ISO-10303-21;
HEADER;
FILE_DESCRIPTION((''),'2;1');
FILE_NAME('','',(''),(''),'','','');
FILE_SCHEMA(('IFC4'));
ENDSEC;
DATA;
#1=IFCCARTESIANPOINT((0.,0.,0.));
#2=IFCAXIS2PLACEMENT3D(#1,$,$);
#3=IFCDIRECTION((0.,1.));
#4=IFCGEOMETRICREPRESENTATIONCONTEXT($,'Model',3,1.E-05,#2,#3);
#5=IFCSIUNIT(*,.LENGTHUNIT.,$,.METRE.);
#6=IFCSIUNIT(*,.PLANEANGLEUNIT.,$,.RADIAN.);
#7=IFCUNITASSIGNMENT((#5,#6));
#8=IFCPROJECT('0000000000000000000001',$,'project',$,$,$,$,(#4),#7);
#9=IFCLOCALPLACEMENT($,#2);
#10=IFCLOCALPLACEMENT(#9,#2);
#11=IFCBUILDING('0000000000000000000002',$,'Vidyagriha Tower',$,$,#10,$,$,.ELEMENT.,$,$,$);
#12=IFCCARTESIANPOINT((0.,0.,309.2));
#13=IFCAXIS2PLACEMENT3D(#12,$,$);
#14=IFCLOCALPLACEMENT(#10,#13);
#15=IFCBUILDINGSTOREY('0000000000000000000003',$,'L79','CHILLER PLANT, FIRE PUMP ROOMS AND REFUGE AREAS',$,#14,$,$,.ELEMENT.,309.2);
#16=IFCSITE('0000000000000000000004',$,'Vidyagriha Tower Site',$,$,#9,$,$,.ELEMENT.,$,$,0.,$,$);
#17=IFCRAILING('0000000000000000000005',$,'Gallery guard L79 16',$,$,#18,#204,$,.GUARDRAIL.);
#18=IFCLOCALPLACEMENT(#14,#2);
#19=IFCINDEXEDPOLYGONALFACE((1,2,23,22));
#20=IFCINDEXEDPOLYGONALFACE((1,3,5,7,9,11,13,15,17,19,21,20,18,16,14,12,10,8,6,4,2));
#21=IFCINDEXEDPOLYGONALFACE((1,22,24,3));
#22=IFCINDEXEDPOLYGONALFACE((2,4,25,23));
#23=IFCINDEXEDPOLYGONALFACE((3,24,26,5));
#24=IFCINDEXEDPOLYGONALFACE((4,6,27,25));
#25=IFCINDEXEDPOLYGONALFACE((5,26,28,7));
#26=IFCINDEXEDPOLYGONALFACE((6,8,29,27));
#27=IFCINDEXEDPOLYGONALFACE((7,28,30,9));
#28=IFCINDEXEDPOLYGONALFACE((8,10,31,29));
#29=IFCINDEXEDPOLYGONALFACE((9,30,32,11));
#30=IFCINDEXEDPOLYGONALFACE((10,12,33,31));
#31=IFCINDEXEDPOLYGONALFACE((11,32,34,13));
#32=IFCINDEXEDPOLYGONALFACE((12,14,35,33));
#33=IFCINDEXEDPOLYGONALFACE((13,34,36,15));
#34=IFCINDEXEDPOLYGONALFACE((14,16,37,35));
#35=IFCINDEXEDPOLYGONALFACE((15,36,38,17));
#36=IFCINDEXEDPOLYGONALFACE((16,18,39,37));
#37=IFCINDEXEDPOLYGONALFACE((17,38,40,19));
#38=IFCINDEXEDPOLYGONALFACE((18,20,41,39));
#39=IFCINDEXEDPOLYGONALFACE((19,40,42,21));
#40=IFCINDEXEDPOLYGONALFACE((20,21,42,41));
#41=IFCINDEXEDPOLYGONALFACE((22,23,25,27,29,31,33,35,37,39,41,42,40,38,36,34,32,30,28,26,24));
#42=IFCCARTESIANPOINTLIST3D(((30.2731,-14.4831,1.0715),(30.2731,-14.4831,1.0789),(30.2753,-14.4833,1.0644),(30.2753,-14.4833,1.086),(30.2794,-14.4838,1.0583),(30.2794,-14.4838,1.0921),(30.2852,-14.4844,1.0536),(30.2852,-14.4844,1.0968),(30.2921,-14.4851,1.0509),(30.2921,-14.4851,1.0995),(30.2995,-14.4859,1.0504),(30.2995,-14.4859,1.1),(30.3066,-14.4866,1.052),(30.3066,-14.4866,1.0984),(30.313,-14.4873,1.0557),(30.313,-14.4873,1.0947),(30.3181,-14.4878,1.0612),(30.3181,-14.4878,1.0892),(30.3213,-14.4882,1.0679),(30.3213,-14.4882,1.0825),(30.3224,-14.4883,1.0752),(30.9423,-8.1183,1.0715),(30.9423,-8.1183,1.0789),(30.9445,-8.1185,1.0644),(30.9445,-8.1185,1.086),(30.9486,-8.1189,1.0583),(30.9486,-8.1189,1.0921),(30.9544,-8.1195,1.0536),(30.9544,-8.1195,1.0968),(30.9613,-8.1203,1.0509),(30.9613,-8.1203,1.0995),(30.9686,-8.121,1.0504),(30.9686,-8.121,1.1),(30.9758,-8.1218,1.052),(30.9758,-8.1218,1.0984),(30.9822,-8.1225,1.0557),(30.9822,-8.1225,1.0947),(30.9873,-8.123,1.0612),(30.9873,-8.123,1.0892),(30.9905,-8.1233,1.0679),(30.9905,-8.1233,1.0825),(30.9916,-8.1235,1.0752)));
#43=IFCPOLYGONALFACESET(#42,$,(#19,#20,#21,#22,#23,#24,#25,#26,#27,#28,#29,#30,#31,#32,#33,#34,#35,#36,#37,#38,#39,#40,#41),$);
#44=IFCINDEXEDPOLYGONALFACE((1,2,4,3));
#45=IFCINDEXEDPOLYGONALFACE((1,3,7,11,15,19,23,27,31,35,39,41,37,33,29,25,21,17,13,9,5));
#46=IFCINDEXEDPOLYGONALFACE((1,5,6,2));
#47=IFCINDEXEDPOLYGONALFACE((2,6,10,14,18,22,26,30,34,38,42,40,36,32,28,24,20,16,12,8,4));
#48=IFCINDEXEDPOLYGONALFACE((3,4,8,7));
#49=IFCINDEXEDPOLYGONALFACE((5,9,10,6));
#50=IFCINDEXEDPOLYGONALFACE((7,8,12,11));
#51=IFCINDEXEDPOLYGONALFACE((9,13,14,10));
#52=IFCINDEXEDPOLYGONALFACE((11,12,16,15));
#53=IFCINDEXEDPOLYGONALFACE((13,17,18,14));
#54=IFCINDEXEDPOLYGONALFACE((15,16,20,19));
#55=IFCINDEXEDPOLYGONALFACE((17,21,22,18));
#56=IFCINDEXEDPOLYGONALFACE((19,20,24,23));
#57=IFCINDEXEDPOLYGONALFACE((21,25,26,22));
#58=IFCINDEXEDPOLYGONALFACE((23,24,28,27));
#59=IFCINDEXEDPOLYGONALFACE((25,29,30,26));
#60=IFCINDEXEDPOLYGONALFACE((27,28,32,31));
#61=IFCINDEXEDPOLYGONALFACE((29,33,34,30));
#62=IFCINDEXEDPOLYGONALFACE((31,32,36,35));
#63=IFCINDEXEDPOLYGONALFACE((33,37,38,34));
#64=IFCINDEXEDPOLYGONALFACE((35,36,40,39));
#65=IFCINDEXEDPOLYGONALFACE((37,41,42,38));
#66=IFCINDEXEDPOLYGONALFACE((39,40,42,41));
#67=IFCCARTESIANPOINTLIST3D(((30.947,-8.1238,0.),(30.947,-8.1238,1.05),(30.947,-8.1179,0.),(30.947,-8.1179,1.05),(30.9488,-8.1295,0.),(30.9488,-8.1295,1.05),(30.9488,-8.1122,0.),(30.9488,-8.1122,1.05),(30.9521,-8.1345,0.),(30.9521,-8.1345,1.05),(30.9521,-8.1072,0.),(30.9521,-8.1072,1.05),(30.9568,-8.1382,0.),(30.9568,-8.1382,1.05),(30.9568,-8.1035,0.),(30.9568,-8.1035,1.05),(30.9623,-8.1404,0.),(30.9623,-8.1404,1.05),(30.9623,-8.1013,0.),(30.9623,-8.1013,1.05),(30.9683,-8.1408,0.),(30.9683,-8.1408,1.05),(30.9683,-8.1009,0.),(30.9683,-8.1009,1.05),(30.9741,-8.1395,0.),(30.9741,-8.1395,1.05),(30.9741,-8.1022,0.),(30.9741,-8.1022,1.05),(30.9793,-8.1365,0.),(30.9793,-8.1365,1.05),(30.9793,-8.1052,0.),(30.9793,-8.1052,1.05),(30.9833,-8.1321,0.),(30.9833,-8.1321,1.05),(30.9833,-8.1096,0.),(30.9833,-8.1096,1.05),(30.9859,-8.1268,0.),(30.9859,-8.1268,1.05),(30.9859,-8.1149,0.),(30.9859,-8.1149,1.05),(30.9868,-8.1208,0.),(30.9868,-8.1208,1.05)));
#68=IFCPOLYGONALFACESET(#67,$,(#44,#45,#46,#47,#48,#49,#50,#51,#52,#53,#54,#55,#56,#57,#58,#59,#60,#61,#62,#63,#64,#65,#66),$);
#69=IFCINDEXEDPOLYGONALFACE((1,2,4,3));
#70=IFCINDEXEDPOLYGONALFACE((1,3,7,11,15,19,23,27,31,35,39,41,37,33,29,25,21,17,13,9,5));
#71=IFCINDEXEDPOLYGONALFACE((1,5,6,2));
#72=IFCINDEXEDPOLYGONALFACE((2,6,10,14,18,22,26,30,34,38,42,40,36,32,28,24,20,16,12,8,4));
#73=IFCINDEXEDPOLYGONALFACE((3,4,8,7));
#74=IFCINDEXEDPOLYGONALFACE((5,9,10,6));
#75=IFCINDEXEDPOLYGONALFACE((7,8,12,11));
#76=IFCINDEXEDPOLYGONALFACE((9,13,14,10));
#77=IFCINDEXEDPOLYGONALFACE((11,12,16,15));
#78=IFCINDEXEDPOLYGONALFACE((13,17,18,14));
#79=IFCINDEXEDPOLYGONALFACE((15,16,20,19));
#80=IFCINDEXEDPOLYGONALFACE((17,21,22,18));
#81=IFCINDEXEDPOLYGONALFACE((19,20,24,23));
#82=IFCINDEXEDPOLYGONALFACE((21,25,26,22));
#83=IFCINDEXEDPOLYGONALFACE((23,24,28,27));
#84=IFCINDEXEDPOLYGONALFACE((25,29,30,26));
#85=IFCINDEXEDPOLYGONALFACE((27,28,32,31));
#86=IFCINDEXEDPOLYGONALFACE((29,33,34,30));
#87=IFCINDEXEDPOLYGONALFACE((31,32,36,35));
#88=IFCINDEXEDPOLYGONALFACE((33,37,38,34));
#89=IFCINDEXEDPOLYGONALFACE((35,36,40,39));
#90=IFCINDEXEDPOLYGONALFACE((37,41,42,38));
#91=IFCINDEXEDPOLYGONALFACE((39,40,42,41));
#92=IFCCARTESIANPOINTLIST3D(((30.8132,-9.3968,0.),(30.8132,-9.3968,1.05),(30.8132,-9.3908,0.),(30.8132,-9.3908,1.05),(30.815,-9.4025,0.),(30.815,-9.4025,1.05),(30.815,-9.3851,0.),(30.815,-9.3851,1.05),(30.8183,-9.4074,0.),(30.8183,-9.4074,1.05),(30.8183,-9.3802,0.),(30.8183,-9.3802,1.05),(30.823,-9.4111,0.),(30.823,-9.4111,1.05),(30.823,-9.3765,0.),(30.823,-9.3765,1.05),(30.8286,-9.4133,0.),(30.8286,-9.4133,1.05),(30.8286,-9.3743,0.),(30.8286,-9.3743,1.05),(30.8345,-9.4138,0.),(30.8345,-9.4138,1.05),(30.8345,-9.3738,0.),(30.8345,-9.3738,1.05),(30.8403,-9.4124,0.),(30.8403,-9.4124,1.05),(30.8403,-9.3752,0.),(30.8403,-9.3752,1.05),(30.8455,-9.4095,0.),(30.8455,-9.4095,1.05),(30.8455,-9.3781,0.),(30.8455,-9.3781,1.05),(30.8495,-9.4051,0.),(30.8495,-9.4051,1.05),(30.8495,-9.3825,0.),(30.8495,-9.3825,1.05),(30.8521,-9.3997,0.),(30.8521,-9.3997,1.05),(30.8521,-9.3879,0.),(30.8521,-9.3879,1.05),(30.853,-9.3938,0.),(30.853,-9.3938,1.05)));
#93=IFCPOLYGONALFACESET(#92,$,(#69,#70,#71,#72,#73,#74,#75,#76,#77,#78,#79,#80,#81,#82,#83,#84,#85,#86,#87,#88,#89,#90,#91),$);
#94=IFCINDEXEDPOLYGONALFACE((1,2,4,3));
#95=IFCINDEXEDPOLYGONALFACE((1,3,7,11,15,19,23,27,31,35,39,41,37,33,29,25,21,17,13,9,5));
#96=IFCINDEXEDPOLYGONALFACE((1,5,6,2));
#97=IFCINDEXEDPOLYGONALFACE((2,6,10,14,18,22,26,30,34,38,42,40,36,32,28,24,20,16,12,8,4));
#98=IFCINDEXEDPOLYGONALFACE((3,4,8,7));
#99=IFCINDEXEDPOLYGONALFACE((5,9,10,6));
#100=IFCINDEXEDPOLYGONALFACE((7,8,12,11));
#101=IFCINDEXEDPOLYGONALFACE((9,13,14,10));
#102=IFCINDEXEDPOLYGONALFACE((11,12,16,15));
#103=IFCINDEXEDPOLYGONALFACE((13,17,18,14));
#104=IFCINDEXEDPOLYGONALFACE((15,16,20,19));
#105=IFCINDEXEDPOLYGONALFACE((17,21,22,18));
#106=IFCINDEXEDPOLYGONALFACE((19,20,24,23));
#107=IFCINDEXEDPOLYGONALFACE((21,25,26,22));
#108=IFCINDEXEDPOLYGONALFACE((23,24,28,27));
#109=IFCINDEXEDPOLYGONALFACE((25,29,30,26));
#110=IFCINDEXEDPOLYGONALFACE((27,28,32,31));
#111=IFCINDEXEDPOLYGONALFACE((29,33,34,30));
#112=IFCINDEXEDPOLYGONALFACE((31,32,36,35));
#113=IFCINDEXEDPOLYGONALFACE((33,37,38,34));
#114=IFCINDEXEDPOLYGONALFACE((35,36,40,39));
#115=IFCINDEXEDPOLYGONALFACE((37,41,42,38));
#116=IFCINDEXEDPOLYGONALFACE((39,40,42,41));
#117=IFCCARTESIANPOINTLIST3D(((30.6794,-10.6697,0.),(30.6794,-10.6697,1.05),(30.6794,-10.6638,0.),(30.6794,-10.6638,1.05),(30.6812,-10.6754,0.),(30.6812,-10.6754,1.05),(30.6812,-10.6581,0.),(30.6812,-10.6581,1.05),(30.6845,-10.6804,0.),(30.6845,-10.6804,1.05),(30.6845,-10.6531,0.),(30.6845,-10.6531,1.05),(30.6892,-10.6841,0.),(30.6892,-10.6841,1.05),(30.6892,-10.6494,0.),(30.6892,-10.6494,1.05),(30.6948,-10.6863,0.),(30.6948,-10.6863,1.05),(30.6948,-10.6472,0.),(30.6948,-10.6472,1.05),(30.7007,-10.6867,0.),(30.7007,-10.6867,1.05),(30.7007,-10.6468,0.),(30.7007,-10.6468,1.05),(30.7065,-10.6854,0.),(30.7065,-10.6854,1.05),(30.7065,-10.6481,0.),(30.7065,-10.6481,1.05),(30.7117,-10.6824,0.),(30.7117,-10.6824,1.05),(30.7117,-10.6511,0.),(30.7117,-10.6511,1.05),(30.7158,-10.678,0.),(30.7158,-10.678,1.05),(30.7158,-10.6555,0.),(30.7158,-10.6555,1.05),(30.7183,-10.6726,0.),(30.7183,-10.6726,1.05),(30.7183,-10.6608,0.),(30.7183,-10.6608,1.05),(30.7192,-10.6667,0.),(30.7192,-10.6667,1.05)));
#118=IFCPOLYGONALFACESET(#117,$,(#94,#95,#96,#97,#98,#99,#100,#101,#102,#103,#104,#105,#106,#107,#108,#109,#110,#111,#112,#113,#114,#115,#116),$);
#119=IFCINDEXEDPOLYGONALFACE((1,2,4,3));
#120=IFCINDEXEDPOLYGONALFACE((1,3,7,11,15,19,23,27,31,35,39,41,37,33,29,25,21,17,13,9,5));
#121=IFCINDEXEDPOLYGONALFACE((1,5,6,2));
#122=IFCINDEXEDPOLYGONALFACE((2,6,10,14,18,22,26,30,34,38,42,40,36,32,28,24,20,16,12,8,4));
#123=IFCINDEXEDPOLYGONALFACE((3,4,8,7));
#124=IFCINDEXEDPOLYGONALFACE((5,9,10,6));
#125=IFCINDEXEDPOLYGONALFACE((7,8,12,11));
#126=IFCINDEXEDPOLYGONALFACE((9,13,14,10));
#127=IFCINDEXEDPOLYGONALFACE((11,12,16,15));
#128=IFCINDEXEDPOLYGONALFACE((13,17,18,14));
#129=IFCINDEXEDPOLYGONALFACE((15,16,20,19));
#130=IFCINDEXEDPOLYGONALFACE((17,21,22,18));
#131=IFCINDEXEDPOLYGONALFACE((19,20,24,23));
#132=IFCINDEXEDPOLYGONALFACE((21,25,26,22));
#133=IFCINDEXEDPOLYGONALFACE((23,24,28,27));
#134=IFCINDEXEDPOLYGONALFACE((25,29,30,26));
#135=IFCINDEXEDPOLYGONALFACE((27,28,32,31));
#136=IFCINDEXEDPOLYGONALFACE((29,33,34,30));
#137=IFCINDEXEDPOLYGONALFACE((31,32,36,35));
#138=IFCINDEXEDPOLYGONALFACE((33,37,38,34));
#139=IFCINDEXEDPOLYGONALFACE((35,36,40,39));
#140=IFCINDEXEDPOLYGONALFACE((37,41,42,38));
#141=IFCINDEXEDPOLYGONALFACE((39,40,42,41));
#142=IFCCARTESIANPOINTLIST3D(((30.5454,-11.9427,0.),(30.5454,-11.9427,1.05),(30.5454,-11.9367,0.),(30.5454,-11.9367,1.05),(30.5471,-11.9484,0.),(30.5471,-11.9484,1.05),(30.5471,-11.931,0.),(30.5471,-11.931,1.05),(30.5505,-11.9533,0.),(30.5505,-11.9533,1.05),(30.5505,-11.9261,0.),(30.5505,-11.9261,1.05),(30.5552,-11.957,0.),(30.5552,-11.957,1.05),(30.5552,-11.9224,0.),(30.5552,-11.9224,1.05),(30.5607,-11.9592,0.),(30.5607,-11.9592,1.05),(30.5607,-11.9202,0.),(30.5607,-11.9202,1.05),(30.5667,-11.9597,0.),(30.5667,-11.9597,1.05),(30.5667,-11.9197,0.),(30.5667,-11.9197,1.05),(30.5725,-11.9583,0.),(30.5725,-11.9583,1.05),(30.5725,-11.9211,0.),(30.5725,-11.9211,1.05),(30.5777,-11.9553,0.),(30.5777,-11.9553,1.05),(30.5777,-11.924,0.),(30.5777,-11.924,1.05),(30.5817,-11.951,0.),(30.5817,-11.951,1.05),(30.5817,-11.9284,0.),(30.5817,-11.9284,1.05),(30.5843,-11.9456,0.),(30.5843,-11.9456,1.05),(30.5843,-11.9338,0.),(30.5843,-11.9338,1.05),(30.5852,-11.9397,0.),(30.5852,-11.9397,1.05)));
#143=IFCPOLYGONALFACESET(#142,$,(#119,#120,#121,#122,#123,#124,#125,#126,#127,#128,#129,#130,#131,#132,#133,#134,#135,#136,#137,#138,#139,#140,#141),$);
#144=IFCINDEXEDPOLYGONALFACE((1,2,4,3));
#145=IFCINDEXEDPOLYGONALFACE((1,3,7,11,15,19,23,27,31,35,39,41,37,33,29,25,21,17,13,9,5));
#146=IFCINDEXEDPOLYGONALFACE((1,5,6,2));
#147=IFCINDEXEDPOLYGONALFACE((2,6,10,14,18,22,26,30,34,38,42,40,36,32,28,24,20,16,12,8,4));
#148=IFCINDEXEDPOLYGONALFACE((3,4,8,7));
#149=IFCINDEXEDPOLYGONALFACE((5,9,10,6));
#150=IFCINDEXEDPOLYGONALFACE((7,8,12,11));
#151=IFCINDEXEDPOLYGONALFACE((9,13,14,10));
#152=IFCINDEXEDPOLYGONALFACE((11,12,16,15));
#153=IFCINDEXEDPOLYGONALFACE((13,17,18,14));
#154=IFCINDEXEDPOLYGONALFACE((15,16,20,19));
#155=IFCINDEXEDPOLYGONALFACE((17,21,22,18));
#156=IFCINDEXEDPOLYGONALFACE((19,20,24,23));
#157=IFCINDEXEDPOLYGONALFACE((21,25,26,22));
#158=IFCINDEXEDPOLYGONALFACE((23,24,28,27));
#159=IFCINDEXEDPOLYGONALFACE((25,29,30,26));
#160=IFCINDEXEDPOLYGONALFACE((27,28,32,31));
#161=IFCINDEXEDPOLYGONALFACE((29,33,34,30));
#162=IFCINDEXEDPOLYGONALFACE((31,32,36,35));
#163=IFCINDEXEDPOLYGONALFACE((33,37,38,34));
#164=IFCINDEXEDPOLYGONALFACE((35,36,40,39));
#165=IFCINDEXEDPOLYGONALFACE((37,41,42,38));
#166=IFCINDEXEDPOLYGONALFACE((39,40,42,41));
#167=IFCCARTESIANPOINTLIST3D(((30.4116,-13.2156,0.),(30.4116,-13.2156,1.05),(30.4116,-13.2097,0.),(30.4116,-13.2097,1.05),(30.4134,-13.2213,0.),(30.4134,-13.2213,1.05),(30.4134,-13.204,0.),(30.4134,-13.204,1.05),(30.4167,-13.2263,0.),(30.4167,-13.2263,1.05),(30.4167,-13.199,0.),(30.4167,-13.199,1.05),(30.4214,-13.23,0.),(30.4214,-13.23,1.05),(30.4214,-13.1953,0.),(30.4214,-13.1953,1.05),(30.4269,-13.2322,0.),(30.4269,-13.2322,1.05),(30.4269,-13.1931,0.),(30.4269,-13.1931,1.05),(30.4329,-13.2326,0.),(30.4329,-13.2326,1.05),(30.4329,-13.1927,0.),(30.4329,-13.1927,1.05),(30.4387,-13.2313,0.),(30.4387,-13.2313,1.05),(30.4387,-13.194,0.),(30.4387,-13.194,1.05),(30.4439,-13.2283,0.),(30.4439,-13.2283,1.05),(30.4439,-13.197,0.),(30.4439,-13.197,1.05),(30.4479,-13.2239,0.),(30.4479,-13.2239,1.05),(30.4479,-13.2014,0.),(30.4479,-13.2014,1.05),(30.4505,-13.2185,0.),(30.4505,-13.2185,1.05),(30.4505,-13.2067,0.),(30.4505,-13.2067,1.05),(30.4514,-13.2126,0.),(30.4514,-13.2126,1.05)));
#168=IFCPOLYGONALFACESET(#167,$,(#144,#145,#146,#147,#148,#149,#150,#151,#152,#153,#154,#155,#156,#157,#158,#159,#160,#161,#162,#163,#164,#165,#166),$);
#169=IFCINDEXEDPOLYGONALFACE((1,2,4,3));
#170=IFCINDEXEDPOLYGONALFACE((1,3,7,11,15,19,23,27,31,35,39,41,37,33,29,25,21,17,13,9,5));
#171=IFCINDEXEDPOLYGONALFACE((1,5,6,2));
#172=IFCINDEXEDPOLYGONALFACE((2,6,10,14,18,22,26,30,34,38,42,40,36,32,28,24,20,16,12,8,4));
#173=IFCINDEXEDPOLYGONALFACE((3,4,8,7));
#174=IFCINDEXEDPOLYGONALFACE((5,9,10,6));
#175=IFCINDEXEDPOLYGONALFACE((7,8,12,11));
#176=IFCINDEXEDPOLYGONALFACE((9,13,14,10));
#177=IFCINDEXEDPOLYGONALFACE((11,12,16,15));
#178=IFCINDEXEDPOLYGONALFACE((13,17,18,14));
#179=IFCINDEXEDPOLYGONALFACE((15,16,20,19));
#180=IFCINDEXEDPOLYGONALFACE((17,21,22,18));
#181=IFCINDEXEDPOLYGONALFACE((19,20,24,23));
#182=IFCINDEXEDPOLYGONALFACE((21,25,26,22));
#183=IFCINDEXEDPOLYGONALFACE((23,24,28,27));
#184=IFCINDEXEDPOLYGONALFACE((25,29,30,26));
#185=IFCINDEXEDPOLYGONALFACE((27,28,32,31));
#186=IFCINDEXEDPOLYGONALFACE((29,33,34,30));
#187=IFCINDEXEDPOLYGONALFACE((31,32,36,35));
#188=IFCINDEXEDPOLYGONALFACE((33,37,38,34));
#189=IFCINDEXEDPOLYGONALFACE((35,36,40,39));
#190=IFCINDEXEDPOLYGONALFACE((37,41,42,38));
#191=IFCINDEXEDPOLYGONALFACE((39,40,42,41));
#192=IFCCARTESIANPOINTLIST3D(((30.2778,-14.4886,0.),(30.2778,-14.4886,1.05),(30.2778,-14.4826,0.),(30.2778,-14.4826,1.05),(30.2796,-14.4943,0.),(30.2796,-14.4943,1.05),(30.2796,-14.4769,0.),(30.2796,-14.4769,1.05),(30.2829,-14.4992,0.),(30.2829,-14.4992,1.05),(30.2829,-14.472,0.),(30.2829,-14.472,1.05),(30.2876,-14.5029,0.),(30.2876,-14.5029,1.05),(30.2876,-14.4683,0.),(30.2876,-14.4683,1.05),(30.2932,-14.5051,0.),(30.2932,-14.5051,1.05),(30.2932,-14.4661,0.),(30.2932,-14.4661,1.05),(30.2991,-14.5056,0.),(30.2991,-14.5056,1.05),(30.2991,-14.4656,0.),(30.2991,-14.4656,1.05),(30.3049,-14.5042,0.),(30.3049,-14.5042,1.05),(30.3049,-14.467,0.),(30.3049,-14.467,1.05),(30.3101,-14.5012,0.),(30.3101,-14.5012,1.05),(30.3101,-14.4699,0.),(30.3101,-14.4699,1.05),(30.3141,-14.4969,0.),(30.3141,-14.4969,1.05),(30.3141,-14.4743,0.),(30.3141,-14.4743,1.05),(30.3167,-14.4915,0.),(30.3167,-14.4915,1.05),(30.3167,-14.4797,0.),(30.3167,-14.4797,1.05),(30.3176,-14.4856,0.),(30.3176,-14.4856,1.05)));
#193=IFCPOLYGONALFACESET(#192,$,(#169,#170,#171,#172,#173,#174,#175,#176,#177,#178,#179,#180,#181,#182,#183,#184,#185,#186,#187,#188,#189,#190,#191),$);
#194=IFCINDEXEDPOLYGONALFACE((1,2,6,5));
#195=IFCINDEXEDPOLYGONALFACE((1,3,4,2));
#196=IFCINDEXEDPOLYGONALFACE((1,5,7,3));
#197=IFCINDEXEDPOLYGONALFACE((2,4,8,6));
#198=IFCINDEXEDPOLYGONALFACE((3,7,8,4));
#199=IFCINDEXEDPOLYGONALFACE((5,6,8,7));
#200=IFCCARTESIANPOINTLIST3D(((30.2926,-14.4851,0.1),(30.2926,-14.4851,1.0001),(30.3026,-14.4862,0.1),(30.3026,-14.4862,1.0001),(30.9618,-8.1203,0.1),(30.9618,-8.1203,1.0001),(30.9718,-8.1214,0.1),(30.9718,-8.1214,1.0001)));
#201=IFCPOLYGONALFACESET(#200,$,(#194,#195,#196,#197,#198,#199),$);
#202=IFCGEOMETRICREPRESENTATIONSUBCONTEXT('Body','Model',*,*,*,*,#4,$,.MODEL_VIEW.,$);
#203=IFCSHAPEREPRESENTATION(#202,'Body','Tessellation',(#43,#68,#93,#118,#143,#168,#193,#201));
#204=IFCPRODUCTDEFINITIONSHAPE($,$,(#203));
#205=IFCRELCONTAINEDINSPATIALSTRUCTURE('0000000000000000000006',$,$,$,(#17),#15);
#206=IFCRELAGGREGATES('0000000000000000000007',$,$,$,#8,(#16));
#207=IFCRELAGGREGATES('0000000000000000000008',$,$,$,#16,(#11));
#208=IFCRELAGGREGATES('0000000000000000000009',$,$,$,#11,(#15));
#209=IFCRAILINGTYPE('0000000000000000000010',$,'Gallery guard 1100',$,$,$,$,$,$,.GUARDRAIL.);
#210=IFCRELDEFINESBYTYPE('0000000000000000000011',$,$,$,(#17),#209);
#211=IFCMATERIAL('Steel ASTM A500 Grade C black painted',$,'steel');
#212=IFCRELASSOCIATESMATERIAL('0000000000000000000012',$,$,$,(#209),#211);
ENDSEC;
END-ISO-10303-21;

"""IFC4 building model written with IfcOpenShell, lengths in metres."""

from ifc_helpers import new_model, si_unit, direction, frame, origin, origin_2d, place, context, subcontext, project, spatial, rectangle, circle, extrude, material, type_object, element, save


model = new_model("IFC4")

# Units and contexts
model_context = context("Model", 3, precision=1e-05, world=origin(), true_north=direction((0.0, 1.0)))
body_context = subcontext(model_context, "Body", "Model", "MODEL_VIEW")
ifc_project = project(units=[si_unit("LENGTHUNIT", "METRE"), si_unit("PLANEANGLEUNIT", "RADIAN")], contexts=[model_context])

# Site, building, storey
site_placement = place(None, origin())
site = spatial("IfcSite", under=ifc_project, at=site_placement, Name="Vidyagriha Tower Site", CompositionType="ELEMENT", RefElevation=0.0)
building_placement = place(site_placement, origin())
building = spatial("IfcBuilding", under=site, at=building_placement, Name="Vidyagriha Tower", CompositionType="ELEMENT")
storey_placement = place(building_placement, frame((0.0, 0.0, 309.2)))
storey = spatial("IfcBuildingStorey", under=building, at=storey_placement, Name="L79", Description="CHILLER PLANT, FIRE PUMP ROOMS AND REFUGE AREAS", CompositionType="ELEMENT", Elevation=309.2)

# Railing
ifc_material_1 = material(Name="Steel ASTM A500 Grade C black painted", Category="steel")
railing_type = type_object("IfcRailingType", Name="Gallery guard 1100", PredefinedType="GUARDRAIL", material=ifc_material_1)
railing_placement = place(storey_placement, frame((30.9668, -8.1208, 0.0)))
element("IfcRailing", 1, at=railing_placement, inside=storey, type_object=railing_type, Name="Gallery guard L79 16", PredefinedType="GUARDRAIL", context=body_context, shape_type="SweptSolid", body=[
    extrude(circle(Radius=0.0249, at=origin_2d()), frame((0.0, 0.0, 1.0752), z_axis=(-0.104564, -0.994518, 0.0), x_axis=(0.994518, -0.104564, 0.0)), (0.0, 0.0, 1.0), 6.3999),
    extrude(circle(Radius=0.02, at=origin_2d()), origin(), (0.0, 0.0, 1.0), 1.05),
    extrude(circle(Radius=0.02, at=origin_2d()), frame((-0.1338, -1.2729, 0.0)), (0.0, 0.0, 1.0), 1.05),
    extrude(circle(Radius=0.02, at=origin_2d()), frame((-0.2676, -2.5459, 0.0)), (0.0, 0.0, 1.0), 1.05),
    extrude(circle(Radius=0.02, at=origin_2d()), frame((-0.4016, -3.8188, 0.0)), (0.0, 0.0, 1.0), 1.05),
    extrude(circle(Radius=0.02, at=origin_2d()), frame((-0.5354, -5.0918, 0.0)), (0.0, 0.0, 1.0), 1.05),
    extrude(circle(Radius=0.02, at=origin_2d()), frame((-0.6692, -6.3647, 0.0)), (0.0, 0.0, 1.0), 1.05),
    extrude(rectangle(XDim=0.01, YDim=0.9001, at=origin_2d()), frame((0.0, 0.0, 0.55), z_axis=(-0.104564, -0.994518, 0.0), x_axis=(0.994518, -0.104564, 0.0)), (0.0, 0.0, 1.0), 6.3999),
])

save(model, "model.ifc")
